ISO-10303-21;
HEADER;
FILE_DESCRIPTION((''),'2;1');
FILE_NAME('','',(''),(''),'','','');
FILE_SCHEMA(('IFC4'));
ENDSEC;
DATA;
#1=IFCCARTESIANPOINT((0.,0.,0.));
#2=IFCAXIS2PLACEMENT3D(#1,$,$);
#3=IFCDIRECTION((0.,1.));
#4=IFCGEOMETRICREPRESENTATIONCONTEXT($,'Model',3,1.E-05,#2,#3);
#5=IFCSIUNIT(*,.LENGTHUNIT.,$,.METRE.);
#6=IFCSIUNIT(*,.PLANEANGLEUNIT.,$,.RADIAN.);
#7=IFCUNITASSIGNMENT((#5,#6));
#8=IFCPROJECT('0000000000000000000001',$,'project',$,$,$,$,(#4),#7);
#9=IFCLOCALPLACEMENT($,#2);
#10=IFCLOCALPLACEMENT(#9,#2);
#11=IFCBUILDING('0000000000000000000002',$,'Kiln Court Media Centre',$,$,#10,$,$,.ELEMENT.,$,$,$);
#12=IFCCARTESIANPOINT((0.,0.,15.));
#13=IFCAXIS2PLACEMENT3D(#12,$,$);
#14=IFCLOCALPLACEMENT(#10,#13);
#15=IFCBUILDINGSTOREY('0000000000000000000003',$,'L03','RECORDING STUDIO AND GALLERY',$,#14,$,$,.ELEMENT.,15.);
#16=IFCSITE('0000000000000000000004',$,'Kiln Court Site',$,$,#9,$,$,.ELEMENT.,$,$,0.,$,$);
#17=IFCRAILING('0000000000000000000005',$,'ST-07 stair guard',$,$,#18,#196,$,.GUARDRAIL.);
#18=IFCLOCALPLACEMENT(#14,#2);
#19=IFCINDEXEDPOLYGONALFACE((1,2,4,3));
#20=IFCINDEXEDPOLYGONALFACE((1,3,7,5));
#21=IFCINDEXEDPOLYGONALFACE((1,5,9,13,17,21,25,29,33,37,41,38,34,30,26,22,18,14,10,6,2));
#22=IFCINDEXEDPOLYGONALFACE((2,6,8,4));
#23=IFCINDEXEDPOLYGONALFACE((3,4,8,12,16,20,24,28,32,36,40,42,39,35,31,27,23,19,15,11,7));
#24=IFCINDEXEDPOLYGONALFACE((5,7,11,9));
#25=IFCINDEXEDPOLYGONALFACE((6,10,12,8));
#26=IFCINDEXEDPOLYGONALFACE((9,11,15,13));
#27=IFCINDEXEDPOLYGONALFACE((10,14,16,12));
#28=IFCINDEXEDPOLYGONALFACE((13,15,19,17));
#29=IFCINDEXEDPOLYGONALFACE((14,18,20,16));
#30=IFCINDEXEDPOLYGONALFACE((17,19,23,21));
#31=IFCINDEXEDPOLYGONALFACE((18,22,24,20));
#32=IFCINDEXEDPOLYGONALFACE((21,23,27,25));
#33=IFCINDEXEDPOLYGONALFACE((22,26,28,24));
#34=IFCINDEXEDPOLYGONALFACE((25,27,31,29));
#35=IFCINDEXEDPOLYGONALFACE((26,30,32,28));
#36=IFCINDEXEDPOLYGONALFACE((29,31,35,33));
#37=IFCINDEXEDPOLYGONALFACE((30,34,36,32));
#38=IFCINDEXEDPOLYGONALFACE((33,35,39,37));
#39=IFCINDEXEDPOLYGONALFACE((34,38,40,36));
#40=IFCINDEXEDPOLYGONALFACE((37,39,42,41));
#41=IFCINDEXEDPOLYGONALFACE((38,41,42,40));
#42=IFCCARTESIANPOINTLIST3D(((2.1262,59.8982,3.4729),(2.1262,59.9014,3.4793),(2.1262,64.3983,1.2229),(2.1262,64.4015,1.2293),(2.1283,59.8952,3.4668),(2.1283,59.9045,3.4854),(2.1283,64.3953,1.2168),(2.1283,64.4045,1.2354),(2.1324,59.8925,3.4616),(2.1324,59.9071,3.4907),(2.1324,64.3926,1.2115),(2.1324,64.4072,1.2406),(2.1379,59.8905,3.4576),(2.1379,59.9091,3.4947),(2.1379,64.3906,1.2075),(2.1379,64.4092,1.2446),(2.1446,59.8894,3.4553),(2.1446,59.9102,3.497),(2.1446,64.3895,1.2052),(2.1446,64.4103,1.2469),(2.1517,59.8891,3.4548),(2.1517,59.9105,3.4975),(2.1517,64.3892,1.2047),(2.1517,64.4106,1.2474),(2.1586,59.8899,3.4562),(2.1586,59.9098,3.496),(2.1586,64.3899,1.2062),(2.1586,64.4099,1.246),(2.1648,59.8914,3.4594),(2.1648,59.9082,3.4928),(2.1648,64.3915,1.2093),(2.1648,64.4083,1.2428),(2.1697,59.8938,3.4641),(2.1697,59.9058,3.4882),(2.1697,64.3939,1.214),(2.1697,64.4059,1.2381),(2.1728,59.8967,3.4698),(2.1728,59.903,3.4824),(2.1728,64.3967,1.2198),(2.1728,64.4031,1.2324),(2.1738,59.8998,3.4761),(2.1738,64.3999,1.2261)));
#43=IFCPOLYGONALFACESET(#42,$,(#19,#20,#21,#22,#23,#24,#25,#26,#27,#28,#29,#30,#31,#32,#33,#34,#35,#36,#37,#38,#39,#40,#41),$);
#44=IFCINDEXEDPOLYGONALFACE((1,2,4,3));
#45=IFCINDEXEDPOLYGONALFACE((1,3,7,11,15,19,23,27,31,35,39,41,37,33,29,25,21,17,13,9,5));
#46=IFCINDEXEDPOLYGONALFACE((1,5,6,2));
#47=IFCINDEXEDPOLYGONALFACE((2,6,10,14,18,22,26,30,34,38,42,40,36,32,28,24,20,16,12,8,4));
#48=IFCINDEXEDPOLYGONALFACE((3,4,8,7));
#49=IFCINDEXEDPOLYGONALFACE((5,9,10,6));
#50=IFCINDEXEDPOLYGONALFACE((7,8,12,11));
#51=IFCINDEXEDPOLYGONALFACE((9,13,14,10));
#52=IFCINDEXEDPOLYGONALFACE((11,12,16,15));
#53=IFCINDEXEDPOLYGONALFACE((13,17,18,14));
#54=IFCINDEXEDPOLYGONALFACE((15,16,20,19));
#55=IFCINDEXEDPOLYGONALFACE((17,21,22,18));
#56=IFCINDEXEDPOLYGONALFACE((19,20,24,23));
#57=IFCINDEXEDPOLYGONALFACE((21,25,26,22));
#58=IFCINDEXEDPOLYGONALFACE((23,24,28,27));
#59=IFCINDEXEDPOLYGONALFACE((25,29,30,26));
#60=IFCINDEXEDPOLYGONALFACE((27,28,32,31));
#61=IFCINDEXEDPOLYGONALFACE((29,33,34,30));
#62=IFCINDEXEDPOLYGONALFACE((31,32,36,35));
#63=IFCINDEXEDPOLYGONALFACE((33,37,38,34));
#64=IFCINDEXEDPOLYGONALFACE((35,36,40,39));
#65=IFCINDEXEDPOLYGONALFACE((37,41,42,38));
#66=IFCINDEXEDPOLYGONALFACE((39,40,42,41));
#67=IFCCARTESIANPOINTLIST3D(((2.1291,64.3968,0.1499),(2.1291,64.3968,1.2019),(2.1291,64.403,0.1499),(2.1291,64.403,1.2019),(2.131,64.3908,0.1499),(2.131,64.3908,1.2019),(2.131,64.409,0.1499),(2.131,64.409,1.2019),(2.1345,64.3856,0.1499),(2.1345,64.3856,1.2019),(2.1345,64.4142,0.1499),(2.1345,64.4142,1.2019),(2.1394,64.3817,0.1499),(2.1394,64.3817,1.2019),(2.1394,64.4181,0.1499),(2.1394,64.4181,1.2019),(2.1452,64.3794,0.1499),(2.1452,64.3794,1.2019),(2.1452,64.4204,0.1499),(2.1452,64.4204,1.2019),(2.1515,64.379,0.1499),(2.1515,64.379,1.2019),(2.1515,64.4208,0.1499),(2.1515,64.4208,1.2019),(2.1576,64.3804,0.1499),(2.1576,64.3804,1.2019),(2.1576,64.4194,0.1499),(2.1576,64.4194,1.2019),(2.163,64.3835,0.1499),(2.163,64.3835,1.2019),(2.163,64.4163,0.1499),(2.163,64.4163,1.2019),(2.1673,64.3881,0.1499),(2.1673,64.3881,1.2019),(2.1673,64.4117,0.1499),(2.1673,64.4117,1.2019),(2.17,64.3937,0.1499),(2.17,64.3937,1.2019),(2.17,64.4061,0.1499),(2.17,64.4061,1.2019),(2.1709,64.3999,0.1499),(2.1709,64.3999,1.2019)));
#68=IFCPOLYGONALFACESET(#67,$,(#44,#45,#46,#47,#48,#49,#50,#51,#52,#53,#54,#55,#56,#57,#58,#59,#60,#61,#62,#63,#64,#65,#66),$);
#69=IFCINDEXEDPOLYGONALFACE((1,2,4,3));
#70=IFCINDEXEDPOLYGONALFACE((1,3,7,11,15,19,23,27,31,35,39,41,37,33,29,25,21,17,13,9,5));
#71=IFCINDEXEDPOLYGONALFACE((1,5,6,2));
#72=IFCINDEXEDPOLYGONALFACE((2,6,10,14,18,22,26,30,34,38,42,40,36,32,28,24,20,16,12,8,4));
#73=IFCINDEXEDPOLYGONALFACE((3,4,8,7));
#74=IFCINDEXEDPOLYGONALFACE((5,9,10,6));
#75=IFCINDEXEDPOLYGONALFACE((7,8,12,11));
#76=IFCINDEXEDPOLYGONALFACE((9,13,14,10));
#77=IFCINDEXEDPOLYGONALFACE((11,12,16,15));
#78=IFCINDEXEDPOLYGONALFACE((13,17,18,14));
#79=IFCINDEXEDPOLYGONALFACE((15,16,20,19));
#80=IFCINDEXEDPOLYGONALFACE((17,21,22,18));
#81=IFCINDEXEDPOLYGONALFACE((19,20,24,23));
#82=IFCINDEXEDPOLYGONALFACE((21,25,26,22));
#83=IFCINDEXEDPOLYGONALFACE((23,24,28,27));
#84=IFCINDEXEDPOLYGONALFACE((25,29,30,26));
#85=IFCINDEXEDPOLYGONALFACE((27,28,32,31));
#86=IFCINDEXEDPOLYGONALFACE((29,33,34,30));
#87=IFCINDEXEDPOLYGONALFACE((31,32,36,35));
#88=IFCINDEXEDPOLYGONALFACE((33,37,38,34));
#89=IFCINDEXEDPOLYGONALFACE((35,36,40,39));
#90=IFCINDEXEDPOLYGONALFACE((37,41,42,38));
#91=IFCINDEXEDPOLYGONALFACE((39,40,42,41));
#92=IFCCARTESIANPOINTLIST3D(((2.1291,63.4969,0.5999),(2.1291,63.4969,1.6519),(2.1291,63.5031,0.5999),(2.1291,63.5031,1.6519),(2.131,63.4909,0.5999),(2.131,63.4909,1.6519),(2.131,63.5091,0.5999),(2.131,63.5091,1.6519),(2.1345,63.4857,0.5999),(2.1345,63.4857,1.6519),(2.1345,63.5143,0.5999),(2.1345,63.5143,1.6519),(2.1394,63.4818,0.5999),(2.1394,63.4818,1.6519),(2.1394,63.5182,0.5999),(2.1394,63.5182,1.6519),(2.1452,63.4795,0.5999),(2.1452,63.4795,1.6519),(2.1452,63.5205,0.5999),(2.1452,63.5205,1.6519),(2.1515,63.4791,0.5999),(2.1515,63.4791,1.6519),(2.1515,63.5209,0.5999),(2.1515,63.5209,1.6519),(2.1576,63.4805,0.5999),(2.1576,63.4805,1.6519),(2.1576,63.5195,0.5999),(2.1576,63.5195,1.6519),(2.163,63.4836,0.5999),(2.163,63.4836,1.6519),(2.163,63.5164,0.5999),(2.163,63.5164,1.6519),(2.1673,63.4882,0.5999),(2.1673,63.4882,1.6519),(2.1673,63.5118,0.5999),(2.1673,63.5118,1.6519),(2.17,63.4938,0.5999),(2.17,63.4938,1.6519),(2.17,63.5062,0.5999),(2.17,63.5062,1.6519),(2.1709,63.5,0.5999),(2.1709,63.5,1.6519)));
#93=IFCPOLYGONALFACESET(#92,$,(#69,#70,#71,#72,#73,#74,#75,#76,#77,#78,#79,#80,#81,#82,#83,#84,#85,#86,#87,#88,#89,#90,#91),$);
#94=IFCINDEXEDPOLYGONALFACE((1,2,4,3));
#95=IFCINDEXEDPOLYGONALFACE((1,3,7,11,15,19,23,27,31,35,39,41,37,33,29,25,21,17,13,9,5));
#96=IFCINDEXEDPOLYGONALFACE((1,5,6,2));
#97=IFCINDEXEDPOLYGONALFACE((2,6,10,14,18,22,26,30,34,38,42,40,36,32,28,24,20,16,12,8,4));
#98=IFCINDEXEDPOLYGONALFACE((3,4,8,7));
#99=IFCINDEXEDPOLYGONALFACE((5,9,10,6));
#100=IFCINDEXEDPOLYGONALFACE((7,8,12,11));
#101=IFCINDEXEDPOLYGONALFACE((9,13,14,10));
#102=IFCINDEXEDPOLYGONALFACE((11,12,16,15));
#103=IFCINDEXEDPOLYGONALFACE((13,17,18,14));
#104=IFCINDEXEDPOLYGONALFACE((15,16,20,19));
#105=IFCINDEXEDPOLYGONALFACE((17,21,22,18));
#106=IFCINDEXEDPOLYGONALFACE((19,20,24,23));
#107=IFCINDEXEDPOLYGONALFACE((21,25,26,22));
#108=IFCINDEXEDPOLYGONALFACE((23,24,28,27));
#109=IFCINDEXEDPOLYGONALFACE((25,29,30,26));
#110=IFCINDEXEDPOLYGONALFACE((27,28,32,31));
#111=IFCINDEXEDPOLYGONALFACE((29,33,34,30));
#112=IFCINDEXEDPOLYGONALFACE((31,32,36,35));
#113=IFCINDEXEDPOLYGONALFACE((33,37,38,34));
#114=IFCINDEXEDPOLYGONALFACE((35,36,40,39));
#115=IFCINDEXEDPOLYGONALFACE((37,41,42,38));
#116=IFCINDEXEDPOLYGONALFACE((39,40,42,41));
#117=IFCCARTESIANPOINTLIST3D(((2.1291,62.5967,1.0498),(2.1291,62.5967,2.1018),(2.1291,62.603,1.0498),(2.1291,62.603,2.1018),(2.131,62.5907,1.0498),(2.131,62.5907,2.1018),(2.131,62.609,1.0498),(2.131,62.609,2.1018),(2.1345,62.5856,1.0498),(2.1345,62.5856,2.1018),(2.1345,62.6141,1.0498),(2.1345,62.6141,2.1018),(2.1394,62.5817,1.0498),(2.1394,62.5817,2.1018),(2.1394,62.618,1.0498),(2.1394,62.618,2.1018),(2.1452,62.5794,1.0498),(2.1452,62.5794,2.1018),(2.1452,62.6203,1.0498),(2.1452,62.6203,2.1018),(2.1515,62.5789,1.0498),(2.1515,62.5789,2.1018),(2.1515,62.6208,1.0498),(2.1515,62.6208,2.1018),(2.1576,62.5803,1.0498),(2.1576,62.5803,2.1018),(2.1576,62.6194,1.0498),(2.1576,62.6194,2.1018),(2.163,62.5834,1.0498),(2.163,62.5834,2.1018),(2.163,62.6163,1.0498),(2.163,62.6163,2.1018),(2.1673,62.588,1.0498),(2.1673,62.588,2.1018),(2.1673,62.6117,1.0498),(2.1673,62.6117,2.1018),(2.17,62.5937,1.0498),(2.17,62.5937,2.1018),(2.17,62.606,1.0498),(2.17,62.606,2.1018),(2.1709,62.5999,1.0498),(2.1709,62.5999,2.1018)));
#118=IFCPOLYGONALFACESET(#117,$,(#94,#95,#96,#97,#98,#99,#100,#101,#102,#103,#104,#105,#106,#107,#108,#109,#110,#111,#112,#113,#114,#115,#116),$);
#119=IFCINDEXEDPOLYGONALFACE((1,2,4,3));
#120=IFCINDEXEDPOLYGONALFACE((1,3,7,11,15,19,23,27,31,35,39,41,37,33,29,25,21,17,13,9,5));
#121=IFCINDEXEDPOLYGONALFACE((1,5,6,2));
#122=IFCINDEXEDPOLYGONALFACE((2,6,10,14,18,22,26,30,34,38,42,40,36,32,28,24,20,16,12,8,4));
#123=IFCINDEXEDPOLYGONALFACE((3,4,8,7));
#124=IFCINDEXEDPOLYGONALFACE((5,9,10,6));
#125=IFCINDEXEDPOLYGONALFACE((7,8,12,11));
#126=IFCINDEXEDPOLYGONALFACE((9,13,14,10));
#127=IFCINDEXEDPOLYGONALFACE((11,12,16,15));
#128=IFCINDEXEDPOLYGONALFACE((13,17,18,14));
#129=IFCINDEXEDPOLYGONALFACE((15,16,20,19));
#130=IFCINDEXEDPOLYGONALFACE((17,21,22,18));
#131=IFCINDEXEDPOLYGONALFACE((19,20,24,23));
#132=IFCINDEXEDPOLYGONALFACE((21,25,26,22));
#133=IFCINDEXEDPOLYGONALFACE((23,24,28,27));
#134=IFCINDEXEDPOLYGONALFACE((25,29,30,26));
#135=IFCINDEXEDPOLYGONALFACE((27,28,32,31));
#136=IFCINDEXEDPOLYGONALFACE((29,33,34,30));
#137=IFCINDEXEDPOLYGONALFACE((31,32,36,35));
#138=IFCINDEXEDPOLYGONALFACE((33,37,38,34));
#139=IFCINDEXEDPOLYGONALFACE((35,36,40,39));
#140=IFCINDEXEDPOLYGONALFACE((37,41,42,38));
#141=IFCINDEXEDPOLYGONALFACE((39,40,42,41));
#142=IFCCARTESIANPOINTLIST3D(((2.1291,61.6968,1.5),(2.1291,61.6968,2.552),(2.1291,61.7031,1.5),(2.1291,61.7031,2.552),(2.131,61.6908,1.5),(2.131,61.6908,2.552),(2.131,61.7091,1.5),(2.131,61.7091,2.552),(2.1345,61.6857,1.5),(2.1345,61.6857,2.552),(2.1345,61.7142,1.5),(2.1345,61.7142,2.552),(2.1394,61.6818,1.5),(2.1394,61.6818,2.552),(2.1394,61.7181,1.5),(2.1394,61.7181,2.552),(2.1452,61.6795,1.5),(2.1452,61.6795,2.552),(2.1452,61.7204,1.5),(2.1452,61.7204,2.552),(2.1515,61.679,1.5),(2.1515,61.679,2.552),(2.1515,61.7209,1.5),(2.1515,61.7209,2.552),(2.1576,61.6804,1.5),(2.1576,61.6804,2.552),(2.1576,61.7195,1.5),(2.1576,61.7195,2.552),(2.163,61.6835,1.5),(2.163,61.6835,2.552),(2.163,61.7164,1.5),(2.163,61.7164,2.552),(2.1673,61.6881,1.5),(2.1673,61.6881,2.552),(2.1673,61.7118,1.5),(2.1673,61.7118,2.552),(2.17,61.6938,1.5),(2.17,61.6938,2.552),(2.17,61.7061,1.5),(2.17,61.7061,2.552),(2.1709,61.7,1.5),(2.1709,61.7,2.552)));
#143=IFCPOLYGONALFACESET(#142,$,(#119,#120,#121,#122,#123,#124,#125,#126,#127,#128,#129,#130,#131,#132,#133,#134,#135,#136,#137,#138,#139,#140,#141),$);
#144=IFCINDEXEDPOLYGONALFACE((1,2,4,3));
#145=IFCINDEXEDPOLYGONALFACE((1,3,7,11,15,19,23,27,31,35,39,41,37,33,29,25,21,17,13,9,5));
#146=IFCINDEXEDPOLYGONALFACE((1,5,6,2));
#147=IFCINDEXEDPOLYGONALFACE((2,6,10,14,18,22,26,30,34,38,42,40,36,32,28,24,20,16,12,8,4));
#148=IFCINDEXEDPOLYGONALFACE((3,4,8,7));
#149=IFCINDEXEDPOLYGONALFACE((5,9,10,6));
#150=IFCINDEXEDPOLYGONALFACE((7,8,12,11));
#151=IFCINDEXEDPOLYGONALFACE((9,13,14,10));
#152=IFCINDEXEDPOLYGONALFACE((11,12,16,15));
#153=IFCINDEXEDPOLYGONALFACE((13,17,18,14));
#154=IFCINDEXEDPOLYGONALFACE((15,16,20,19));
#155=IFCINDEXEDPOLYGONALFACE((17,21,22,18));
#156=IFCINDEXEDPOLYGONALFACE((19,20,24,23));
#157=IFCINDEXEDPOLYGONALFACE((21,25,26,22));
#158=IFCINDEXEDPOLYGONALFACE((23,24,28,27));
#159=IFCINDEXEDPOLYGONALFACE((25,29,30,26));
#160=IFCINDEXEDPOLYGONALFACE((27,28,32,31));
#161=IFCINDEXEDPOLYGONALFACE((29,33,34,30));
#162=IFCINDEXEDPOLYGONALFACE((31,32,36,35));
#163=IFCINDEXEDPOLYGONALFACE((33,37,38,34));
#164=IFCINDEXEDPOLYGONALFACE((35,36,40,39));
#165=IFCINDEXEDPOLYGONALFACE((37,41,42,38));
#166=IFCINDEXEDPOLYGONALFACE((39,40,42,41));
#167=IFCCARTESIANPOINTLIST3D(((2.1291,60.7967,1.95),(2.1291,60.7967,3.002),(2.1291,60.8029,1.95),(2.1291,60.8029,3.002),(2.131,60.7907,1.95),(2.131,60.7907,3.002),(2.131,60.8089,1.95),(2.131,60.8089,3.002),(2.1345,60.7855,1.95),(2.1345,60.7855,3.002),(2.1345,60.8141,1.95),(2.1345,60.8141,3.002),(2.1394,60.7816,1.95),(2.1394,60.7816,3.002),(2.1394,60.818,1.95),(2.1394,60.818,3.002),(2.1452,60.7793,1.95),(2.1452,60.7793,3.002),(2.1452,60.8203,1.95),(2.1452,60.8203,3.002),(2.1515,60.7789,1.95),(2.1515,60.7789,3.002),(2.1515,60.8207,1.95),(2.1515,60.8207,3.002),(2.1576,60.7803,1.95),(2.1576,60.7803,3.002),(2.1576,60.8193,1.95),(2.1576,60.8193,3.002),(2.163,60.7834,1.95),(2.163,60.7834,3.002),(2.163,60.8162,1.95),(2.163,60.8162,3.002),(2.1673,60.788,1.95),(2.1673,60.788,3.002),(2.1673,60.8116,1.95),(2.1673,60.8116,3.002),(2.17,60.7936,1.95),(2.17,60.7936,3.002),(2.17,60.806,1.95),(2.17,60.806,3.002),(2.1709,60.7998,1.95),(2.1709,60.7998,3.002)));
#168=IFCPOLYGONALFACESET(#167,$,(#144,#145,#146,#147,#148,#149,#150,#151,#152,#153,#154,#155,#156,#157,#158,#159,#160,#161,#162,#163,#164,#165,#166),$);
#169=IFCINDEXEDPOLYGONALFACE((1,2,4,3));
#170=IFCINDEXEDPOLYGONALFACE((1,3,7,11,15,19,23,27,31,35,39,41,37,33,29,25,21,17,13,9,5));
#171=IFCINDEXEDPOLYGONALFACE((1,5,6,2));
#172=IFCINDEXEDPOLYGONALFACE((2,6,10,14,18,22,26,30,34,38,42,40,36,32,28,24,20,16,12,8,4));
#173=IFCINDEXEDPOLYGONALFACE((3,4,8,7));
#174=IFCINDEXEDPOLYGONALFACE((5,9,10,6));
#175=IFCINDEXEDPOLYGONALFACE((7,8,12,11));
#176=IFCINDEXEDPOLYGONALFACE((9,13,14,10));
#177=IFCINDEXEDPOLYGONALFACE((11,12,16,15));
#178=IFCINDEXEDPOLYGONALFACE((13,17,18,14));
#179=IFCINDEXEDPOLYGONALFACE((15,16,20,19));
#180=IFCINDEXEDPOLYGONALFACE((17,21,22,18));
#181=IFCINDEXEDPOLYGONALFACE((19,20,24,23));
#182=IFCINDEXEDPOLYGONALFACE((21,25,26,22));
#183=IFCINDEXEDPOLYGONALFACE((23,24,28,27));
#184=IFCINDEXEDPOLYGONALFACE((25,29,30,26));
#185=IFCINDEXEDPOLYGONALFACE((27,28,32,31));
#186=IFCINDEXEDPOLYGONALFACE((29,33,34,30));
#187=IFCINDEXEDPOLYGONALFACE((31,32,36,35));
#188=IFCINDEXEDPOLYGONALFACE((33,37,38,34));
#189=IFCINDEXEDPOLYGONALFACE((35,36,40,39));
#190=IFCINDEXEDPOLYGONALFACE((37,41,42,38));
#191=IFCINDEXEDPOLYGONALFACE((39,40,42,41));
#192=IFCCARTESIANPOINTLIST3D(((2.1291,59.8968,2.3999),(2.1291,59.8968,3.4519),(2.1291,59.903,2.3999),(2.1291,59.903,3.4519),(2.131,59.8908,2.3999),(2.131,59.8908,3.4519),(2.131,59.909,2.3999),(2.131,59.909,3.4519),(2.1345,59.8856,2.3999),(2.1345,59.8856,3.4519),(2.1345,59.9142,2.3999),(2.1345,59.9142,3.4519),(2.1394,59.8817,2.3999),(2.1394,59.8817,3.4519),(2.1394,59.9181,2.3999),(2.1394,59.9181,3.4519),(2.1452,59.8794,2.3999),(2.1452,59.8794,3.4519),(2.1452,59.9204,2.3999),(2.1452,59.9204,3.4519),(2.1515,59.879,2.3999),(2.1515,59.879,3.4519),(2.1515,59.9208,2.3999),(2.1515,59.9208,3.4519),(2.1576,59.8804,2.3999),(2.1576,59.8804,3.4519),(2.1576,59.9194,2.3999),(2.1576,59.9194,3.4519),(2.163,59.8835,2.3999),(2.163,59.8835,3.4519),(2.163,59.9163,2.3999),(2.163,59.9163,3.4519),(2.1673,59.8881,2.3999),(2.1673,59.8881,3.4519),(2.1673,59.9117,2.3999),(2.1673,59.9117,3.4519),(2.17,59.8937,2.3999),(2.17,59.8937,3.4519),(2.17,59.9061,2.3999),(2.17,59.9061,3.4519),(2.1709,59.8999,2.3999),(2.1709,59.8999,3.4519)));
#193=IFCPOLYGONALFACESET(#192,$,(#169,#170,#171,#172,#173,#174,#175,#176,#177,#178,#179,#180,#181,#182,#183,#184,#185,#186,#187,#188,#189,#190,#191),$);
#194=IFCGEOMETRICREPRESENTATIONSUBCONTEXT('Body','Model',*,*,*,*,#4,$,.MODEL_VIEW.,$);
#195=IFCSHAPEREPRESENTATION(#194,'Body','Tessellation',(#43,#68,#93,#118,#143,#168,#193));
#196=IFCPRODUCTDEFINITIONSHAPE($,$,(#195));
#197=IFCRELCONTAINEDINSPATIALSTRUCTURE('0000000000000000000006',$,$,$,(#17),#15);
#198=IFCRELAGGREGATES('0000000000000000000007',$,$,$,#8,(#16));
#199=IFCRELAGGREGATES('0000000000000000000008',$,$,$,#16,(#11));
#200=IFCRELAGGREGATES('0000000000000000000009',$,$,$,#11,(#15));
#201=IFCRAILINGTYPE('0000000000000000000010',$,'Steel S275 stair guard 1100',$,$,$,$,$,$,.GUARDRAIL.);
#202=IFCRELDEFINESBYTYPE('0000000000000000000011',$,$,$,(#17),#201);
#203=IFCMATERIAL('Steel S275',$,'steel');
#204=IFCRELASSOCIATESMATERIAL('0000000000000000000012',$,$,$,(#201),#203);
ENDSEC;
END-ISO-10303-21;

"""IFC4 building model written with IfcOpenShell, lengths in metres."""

from ifc_helpers import new_model, si_unit, direction, frame, origin, origin_2d, place, context, subcontext, project, spatial, circle, extrude, material, type_object, element, save


model = new_model("IFC4")

# Units and contexts
model_context = context("Model", 3, precision=1e-05, world=origin(), true_north=direction((0.0, 1.0)))
body_context = subcontext(model_context, "Body", "Model", "MODEL_VIEW")
ifc_project = project(units=[si_unit("LENGTHUNIT", "METRE"), si_unit("PLANEANGLEUNIT", "RADIAN")], contexts=[model_context])

# Site, building, storey
site_placement = place(None, origin())
site = spatial("IfcSite", under=ifc_project, at=site_placement, Name="Kiln Court Site", CompositionType="ELEMENT", RefElevation=0.0)
building_placement = place(site_placement, origin())
building = spatial("IfcBuilding", under=site, at=building_placement, Name="Kiln Court Media Centre", CompositionType="ELEMENT")
storey_placement = place(building_placement, frame((0.0, 0.0, 15.0)))
storey = spatial("IfcBuildingStorey", under=building, at=storey_placement, Name="L03", Description="RECORDING STUDIO AND GALLERY", CompositionType="ELEMENT", Elevation=15.0)

# Railing
ifc_material_1 = material(Name="Steel S275", Category="steel")
railing_type_1 = type_object("IfcRailingType", Name="Steel S275 stair guard 1100", PredefinedType="GUARDRAIL", material=ifc_material_1)
railing_1_placement = place(storey_placement, frame((2.1499, 64.3999, 0.1499)))
element("IfcRailing", 1, at=railing_1_placement, inside=storey, type_object=railing_type_1, Name="ST-07 stair guard", PredefinedType="GUARDRAIL", context=body_context, shape_type="SweptSolid", body=[
    extrude(circle(Radius=0.0239, at=origin_2d()), frame((0.0, 0.0, 1.0762), z_axis=(0.0, -0.894427, 0.447214), x_axis=(1.0, 0.0, 0.0)), (0.0, 0.0, 1.0), 5.0312),
    extrude(circle(Radius=0.021, at=origin_2d()), origin(), (0.0, 0.0, 1.0), 1.052),
    extrude(circle(Radius=0.021, at=origin_2d()), frame((0.0, -0.8999, 0.45)), (0.0, 0.0, 1.0), 1.052),
    extrude(circle(Radius=0.021, at=origin_2d()), frame((0.0, -1.8, 0.8999)), (0.0, 0.0, 1.0), 1.052),
    extrude(circle(Radius=0.021, at=origin_2d()), frame((0.0, -2.7, 1.3501)), (0.0, 0.0, 1.0), 1.052),
    extrude(circle(Radius=0.021, at=origin_2d()), frame((0.0, -3.6001, 1.8)), (0.0, 0.0, 1.0), 1.052),
    extrude(circle(Radius=0.021, at=origin_2d()), frame((0.0, -4.5, 2.25)), (0.0, 0.0, 1.0), 1.052),
])

save(model, "model.ifc")
